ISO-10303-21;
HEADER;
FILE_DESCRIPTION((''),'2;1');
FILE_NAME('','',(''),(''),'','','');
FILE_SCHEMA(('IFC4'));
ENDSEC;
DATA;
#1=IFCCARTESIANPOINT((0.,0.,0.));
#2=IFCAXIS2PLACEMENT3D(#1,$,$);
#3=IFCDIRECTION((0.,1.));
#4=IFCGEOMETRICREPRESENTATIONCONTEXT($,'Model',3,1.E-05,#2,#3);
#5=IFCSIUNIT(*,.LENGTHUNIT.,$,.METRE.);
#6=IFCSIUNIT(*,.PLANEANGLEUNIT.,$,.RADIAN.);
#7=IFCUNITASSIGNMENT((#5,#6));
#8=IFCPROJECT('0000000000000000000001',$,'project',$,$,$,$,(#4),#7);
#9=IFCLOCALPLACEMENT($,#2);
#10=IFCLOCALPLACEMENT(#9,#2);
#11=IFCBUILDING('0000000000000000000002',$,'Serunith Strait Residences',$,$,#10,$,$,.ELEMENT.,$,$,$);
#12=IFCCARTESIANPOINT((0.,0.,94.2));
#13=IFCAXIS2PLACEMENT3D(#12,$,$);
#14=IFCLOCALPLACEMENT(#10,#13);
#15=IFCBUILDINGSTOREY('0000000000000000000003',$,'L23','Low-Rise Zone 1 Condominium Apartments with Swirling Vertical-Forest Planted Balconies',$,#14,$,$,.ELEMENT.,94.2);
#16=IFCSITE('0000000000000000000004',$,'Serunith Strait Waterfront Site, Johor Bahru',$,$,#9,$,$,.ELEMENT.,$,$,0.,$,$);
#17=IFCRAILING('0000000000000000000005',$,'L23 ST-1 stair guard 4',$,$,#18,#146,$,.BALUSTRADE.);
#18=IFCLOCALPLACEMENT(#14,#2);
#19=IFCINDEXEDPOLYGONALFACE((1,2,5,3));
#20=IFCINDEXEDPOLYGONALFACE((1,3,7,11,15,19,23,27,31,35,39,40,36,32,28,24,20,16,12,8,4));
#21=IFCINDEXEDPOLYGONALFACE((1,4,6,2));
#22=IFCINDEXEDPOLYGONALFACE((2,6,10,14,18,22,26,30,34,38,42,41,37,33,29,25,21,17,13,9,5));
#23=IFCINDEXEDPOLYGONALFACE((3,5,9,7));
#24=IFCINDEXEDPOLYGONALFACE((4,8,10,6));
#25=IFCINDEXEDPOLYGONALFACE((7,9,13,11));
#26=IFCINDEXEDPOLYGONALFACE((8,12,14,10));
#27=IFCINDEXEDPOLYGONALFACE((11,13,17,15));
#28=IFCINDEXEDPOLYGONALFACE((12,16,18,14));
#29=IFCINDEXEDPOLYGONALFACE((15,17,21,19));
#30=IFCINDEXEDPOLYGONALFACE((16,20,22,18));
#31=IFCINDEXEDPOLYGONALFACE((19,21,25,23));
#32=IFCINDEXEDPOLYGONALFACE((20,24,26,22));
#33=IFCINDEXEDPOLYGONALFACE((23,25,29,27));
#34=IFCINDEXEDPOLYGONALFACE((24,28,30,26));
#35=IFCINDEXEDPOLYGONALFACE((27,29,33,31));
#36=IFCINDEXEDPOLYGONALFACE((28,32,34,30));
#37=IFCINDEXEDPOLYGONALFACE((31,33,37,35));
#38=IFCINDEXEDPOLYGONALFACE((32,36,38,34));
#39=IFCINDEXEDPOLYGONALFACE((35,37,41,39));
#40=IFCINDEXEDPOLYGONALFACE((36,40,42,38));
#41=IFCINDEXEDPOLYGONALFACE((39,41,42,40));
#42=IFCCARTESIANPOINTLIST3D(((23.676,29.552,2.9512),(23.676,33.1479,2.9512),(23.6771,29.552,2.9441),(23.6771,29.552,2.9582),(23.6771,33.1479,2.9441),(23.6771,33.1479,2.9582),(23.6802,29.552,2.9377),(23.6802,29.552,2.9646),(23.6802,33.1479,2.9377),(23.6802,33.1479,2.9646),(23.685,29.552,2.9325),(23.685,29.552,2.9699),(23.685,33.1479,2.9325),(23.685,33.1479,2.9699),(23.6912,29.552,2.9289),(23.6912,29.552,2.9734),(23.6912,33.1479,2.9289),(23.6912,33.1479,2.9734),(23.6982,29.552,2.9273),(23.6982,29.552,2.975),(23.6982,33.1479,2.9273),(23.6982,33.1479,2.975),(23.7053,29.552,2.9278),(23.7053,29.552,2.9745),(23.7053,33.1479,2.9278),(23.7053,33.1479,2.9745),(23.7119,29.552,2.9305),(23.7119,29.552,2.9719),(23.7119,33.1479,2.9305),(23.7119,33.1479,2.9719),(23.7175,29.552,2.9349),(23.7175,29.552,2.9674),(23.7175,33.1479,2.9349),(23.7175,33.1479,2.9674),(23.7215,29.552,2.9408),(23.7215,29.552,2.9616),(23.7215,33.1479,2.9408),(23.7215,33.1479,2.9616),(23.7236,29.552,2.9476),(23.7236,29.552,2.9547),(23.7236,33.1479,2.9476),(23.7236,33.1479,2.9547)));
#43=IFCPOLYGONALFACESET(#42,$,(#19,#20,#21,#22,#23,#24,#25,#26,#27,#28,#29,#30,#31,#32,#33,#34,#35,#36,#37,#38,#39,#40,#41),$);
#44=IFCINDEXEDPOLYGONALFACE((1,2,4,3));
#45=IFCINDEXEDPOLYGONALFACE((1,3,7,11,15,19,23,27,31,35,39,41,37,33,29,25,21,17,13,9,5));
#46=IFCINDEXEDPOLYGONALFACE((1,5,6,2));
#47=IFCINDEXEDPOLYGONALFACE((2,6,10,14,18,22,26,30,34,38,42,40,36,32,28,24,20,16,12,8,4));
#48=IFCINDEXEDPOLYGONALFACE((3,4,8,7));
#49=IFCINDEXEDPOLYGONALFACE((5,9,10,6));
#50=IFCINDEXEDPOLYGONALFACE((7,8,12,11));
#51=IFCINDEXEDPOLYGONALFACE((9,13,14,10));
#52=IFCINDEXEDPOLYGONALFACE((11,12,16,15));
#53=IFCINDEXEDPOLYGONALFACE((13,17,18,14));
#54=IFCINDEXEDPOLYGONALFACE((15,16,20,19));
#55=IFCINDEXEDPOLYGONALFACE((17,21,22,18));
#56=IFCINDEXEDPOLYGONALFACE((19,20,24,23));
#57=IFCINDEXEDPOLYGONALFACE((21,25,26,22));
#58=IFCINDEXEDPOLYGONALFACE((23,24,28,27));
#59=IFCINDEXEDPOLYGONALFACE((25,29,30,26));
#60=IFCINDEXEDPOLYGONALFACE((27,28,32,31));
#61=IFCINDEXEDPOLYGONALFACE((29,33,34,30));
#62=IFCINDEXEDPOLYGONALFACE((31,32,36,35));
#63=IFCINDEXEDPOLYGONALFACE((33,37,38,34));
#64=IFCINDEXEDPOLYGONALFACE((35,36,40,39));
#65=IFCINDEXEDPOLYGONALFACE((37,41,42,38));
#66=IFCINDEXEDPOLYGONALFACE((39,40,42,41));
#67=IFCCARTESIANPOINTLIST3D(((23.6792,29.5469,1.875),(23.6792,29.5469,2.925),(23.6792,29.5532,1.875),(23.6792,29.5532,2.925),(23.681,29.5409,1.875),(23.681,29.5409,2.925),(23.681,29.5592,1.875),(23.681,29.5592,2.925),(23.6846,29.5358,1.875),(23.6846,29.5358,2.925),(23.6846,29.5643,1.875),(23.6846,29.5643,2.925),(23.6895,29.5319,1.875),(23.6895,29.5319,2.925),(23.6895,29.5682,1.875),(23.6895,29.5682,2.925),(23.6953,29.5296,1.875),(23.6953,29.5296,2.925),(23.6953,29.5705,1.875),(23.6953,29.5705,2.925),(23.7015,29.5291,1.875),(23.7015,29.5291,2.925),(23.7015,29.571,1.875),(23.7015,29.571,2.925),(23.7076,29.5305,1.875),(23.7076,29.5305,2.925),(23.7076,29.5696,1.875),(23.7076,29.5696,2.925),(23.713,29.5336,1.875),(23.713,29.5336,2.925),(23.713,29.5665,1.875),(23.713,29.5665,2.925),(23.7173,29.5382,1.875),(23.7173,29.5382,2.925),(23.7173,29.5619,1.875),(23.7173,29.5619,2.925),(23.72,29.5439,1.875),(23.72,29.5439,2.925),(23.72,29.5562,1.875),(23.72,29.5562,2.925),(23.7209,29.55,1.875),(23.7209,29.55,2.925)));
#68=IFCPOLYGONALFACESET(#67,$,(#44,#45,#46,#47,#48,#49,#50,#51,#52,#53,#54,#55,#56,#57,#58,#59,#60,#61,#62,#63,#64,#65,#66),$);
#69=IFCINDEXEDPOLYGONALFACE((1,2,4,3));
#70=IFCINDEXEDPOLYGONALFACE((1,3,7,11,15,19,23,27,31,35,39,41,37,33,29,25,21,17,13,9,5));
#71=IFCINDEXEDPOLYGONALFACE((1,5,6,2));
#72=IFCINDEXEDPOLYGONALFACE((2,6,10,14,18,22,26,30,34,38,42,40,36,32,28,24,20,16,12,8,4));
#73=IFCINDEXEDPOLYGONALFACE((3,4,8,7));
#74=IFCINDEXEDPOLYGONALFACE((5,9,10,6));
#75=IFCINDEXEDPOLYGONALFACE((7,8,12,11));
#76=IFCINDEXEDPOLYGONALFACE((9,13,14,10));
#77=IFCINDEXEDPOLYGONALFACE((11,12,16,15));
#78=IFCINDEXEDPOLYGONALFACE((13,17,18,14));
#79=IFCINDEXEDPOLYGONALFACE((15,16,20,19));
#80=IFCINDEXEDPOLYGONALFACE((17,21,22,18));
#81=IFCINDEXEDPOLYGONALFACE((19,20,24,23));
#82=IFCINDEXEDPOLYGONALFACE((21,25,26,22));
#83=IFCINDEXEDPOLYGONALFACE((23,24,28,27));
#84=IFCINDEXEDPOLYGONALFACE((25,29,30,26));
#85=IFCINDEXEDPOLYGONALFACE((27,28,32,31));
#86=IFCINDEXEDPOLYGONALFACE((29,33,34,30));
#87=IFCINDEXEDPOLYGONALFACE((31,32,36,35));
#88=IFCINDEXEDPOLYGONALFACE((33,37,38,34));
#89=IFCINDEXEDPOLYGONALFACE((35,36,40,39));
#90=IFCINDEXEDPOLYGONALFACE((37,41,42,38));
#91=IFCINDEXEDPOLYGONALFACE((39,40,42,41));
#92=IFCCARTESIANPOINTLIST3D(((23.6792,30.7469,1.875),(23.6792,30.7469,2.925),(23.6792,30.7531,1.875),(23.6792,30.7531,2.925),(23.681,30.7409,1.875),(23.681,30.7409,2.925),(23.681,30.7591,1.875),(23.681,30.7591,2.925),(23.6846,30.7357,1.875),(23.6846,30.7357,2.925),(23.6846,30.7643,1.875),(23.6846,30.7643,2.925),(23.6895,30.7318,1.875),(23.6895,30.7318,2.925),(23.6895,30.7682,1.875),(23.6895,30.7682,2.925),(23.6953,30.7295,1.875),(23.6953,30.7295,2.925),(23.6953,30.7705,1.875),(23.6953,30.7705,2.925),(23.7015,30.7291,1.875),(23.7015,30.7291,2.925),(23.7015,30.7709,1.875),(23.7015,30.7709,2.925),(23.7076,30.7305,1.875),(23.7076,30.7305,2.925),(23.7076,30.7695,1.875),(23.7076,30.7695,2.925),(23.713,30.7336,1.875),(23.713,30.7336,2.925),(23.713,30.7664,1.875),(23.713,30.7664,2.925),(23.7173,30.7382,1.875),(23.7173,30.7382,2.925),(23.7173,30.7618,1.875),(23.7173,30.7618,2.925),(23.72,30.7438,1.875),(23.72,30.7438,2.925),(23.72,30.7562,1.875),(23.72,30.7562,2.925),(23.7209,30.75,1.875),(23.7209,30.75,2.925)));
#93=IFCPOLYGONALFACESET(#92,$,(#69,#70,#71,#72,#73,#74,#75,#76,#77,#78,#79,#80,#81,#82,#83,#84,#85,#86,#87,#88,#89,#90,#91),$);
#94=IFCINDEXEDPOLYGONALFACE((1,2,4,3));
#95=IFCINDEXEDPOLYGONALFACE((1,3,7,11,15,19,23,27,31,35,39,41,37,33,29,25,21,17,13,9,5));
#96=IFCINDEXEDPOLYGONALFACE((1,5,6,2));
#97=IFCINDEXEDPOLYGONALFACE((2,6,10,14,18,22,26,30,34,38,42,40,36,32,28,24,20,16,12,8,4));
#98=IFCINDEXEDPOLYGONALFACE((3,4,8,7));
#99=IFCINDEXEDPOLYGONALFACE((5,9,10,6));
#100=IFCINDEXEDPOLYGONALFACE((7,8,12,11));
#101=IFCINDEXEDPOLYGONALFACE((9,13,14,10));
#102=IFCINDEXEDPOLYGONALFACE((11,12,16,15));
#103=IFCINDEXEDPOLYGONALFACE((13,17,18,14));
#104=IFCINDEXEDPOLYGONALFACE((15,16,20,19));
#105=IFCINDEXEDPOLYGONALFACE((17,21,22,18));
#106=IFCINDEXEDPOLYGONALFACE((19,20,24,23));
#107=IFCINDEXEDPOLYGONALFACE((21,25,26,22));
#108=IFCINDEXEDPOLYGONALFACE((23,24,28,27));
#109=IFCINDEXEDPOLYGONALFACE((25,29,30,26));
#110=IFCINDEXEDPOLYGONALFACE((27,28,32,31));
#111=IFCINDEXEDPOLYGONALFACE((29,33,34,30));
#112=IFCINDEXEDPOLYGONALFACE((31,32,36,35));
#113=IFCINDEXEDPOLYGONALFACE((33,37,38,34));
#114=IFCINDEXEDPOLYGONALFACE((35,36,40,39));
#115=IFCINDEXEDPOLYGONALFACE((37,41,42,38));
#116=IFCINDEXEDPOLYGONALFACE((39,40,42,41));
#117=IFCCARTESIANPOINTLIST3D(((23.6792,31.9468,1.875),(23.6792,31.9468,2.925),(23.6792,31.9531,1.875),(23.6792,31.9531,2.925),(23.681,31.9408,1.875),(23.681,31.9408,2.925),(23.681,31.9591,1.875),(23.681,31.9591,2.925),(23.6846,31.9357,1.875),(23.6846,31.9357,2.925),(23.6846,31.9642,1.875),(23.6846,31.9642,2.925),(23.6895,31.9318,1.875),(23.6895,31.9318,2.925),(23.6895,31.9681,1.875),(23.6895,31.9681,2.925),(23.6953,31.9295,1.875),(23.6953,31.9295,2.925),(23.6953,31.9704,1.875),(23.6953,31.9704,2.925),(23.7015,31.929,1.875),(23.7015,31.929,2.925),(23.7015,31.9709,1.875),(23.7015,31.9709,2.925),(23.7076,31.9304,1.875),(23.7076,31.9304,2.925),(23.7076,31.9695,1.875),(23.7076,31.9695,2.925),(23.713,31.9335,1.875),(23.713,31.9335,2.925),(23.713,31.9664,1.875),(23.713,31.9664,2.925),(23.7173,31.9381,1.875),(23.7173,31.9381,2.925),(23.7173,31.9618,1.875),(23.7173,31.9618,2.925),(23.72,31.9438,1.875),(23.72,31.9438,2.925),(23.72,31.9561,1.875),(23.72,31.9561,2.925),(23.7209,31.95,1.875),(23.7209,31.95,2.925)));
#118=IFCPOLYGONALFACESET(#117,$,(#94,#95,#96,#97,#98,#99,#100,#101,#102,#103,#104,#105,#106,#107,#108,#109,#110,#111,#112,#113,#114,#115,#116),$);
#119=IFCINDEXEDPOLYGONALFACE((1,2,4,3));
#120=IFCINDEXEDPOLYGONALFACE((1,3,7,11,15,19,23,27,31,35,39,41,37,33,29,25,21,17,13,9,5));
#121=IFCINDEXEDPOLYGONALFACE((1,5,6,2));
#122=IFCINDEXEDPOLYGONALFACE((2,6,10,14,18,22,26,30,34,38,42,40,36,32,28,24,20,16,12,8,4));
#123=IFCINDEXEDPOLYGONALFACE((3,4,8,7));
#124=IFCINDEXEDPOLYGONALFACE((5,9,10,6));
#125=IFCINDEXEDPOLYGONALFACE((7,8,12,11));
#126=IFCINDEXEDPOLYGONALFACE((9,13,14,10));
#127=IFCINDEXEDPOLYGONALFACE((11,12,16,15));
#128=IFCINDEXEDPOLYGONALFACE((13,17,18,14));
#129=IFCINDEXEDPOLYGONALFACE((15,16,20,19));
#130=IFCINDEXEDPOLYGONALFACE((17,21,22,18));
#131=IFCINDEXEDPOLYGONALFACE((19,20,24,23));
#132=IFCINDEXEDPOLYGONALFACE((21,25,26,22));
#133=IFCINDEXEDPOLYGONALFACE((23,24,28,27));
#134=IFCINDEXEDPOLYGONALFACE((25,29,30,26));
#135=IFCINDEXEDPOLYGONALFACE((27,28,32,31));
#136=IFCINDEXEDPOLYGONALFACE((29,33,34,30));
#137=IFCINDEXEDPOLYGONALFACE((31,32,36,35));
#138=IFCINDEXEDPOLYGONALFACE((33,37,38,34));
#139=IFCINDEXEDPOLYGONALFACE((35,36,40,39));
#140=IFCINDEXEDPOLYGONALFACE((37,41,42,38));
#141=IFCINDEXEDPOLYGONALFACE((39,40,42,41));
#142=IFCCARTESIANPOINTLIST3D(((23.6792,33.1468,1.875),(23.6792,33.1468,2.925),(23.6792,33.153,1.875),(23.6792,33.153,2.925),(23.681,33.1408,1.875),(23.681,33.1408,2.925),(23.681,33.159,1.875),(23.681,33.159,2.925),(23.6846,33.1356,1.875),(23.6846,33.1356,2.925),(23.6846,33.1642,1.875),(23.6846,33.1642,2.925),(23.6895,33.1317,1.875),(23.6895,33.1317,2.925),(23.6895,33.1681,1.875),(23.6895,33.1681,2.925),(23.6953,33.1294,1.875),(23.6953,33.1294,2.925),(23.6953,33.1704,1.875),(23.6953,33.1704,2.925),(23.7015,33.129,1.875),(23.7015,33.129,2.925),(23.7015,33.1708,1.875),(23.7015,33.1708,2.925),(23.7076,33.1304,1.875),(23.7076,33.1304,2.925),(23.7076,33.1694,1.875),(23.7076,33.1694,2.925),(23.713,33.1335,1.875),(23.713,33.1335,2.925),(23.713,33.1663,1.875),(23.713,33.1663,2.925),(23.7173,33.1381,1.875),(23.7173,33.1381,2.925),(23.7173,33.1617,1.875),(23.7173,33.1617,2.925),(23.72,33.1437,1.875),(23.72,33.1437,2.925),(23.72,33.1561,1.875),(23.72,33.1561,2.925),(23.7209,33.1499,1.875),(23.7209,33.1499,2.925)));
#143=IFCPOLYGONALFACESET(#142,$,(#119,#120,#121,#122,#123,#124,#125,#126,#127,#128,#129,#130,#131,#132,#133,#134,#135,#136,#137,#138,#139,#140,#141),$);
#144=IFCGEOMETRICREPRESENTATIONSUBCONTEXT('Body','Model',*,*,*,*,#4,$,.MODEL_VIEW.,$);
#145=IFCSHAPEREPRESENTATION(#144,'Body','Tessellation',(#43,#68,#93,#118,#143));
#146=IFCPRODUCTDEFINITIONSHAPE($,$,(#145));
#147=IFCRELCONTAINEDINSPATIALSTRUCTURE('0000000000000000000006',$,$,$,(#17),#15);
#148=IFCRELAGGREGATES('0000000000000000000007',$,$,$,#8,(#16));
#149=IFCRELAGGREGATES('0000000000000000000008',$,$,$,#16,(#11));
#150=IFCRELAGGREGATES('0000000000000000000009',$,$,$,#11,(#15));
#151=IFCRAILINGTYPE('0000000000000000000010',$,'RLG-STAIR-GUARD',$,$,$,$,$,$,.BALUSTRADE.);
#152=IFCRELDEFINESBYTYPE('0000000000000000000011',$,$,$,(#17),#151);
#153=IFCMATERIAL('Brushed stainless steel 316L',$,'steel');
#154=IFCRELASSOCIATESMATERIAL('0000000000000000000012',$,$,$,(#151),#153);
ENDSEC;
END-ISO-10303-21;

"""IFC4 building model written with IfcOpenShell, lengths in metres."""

from ifc_helpers import new_model, si_unit, direction, frame, origin, origin_2d, place, context, subcontext, project, spatial, circle, extrude, material, type_object, element, save


model = new_model("IFC4")

# Units and contexts
model_context = context("Model", 3, precision=1e-05, world=origin(), true_north=direction((0.0, 1.0)))
body_context = subcontext(model_context, "Body", "Model", "MODEL_VIEW")
ifc_project = project(units=[si_unit("LENGTHUNIT", "METRE"), si_unit("PLANEANGLEUNIT", "RADIAN")], contexts=[model_context])

# Site, building, storey
site_placement = place(None, origin())
site = spatial("IfcSite", under=ifc_project, at=site_placement, Name="Serunith Strait Waterfront Site, Johor Bahru", CompositionType="ELEMENT", RefElevation=0.0)
building_placement = place(site_placement, origin())
building = spatial("IfcBuilding", under=site, at=building_placement, Name="Serunith Strait Residences", CompositionType="ELEMENT")
storey_placement = place(building_placement, frame((0.0, 0.0, 94.2)))
storey = spatial("IfcBuildingStorey", under=building, at=storey_placement, Name="L23", Description="Low-Rise Zone 1 Condominium Apartments with Swirling Vertical-Forest Planted Balconies", CompositionType="ELEMENT", Elevation=94.2)

# Railing
ifc_material_1 = material(Name="Brushed stainless steel 316L", Category="steel")
railing_type_1 = type_object("IfcRailingType", Name="RLG-STAIR-GUARD", PredefinedType="BALUSTRADE", material=ifc_material_1)
for number, where, name in (
    (1, (23.7, 29.55, 1.875), "L23 ST-1 stair guard 4"),
):
    element("IfcRailing", number, at=place(storey_placement, frame(where)), inside=storey, type_object=railing_type_1, Name=name, PredefinedType="BALUSTRADE", context=body_context, shape_type="SweptSolid", body=[
        extrude(circle(Radius=0.0239, at=origin_2d()), frame((0.0, 0.002, 1.0762), z_axis=(0.0, 1.0, 0.0), x_axis=(-1.0, 0.0, 0.0)), (0.0, 0.0, 1.0), 3.5959),
        extrude(circle(Radius=0.021, at=origin_2d()), origin(), (0.0, 0.0, 1.0), 1.05),
        extrude(circle(Radius=0.021, at=origin_2d()), frame((0.0, 1.2, 0.0)), (0.0, 0.0, 1.0), 1.05),
        extrude(circle(Radius=0.021, at=origin_2d()), frame((0.0, 2.3999, 0.0)), (0.0, 0.0, 1.0), 1.05),
        extrude(circle(Radius=0.021, at=origin_2d()), frame((0.0, 3.5999, 0.0)), (0.0, 0.0, 1.0), 1.05),
    ])

save(model, "model.ifc")
